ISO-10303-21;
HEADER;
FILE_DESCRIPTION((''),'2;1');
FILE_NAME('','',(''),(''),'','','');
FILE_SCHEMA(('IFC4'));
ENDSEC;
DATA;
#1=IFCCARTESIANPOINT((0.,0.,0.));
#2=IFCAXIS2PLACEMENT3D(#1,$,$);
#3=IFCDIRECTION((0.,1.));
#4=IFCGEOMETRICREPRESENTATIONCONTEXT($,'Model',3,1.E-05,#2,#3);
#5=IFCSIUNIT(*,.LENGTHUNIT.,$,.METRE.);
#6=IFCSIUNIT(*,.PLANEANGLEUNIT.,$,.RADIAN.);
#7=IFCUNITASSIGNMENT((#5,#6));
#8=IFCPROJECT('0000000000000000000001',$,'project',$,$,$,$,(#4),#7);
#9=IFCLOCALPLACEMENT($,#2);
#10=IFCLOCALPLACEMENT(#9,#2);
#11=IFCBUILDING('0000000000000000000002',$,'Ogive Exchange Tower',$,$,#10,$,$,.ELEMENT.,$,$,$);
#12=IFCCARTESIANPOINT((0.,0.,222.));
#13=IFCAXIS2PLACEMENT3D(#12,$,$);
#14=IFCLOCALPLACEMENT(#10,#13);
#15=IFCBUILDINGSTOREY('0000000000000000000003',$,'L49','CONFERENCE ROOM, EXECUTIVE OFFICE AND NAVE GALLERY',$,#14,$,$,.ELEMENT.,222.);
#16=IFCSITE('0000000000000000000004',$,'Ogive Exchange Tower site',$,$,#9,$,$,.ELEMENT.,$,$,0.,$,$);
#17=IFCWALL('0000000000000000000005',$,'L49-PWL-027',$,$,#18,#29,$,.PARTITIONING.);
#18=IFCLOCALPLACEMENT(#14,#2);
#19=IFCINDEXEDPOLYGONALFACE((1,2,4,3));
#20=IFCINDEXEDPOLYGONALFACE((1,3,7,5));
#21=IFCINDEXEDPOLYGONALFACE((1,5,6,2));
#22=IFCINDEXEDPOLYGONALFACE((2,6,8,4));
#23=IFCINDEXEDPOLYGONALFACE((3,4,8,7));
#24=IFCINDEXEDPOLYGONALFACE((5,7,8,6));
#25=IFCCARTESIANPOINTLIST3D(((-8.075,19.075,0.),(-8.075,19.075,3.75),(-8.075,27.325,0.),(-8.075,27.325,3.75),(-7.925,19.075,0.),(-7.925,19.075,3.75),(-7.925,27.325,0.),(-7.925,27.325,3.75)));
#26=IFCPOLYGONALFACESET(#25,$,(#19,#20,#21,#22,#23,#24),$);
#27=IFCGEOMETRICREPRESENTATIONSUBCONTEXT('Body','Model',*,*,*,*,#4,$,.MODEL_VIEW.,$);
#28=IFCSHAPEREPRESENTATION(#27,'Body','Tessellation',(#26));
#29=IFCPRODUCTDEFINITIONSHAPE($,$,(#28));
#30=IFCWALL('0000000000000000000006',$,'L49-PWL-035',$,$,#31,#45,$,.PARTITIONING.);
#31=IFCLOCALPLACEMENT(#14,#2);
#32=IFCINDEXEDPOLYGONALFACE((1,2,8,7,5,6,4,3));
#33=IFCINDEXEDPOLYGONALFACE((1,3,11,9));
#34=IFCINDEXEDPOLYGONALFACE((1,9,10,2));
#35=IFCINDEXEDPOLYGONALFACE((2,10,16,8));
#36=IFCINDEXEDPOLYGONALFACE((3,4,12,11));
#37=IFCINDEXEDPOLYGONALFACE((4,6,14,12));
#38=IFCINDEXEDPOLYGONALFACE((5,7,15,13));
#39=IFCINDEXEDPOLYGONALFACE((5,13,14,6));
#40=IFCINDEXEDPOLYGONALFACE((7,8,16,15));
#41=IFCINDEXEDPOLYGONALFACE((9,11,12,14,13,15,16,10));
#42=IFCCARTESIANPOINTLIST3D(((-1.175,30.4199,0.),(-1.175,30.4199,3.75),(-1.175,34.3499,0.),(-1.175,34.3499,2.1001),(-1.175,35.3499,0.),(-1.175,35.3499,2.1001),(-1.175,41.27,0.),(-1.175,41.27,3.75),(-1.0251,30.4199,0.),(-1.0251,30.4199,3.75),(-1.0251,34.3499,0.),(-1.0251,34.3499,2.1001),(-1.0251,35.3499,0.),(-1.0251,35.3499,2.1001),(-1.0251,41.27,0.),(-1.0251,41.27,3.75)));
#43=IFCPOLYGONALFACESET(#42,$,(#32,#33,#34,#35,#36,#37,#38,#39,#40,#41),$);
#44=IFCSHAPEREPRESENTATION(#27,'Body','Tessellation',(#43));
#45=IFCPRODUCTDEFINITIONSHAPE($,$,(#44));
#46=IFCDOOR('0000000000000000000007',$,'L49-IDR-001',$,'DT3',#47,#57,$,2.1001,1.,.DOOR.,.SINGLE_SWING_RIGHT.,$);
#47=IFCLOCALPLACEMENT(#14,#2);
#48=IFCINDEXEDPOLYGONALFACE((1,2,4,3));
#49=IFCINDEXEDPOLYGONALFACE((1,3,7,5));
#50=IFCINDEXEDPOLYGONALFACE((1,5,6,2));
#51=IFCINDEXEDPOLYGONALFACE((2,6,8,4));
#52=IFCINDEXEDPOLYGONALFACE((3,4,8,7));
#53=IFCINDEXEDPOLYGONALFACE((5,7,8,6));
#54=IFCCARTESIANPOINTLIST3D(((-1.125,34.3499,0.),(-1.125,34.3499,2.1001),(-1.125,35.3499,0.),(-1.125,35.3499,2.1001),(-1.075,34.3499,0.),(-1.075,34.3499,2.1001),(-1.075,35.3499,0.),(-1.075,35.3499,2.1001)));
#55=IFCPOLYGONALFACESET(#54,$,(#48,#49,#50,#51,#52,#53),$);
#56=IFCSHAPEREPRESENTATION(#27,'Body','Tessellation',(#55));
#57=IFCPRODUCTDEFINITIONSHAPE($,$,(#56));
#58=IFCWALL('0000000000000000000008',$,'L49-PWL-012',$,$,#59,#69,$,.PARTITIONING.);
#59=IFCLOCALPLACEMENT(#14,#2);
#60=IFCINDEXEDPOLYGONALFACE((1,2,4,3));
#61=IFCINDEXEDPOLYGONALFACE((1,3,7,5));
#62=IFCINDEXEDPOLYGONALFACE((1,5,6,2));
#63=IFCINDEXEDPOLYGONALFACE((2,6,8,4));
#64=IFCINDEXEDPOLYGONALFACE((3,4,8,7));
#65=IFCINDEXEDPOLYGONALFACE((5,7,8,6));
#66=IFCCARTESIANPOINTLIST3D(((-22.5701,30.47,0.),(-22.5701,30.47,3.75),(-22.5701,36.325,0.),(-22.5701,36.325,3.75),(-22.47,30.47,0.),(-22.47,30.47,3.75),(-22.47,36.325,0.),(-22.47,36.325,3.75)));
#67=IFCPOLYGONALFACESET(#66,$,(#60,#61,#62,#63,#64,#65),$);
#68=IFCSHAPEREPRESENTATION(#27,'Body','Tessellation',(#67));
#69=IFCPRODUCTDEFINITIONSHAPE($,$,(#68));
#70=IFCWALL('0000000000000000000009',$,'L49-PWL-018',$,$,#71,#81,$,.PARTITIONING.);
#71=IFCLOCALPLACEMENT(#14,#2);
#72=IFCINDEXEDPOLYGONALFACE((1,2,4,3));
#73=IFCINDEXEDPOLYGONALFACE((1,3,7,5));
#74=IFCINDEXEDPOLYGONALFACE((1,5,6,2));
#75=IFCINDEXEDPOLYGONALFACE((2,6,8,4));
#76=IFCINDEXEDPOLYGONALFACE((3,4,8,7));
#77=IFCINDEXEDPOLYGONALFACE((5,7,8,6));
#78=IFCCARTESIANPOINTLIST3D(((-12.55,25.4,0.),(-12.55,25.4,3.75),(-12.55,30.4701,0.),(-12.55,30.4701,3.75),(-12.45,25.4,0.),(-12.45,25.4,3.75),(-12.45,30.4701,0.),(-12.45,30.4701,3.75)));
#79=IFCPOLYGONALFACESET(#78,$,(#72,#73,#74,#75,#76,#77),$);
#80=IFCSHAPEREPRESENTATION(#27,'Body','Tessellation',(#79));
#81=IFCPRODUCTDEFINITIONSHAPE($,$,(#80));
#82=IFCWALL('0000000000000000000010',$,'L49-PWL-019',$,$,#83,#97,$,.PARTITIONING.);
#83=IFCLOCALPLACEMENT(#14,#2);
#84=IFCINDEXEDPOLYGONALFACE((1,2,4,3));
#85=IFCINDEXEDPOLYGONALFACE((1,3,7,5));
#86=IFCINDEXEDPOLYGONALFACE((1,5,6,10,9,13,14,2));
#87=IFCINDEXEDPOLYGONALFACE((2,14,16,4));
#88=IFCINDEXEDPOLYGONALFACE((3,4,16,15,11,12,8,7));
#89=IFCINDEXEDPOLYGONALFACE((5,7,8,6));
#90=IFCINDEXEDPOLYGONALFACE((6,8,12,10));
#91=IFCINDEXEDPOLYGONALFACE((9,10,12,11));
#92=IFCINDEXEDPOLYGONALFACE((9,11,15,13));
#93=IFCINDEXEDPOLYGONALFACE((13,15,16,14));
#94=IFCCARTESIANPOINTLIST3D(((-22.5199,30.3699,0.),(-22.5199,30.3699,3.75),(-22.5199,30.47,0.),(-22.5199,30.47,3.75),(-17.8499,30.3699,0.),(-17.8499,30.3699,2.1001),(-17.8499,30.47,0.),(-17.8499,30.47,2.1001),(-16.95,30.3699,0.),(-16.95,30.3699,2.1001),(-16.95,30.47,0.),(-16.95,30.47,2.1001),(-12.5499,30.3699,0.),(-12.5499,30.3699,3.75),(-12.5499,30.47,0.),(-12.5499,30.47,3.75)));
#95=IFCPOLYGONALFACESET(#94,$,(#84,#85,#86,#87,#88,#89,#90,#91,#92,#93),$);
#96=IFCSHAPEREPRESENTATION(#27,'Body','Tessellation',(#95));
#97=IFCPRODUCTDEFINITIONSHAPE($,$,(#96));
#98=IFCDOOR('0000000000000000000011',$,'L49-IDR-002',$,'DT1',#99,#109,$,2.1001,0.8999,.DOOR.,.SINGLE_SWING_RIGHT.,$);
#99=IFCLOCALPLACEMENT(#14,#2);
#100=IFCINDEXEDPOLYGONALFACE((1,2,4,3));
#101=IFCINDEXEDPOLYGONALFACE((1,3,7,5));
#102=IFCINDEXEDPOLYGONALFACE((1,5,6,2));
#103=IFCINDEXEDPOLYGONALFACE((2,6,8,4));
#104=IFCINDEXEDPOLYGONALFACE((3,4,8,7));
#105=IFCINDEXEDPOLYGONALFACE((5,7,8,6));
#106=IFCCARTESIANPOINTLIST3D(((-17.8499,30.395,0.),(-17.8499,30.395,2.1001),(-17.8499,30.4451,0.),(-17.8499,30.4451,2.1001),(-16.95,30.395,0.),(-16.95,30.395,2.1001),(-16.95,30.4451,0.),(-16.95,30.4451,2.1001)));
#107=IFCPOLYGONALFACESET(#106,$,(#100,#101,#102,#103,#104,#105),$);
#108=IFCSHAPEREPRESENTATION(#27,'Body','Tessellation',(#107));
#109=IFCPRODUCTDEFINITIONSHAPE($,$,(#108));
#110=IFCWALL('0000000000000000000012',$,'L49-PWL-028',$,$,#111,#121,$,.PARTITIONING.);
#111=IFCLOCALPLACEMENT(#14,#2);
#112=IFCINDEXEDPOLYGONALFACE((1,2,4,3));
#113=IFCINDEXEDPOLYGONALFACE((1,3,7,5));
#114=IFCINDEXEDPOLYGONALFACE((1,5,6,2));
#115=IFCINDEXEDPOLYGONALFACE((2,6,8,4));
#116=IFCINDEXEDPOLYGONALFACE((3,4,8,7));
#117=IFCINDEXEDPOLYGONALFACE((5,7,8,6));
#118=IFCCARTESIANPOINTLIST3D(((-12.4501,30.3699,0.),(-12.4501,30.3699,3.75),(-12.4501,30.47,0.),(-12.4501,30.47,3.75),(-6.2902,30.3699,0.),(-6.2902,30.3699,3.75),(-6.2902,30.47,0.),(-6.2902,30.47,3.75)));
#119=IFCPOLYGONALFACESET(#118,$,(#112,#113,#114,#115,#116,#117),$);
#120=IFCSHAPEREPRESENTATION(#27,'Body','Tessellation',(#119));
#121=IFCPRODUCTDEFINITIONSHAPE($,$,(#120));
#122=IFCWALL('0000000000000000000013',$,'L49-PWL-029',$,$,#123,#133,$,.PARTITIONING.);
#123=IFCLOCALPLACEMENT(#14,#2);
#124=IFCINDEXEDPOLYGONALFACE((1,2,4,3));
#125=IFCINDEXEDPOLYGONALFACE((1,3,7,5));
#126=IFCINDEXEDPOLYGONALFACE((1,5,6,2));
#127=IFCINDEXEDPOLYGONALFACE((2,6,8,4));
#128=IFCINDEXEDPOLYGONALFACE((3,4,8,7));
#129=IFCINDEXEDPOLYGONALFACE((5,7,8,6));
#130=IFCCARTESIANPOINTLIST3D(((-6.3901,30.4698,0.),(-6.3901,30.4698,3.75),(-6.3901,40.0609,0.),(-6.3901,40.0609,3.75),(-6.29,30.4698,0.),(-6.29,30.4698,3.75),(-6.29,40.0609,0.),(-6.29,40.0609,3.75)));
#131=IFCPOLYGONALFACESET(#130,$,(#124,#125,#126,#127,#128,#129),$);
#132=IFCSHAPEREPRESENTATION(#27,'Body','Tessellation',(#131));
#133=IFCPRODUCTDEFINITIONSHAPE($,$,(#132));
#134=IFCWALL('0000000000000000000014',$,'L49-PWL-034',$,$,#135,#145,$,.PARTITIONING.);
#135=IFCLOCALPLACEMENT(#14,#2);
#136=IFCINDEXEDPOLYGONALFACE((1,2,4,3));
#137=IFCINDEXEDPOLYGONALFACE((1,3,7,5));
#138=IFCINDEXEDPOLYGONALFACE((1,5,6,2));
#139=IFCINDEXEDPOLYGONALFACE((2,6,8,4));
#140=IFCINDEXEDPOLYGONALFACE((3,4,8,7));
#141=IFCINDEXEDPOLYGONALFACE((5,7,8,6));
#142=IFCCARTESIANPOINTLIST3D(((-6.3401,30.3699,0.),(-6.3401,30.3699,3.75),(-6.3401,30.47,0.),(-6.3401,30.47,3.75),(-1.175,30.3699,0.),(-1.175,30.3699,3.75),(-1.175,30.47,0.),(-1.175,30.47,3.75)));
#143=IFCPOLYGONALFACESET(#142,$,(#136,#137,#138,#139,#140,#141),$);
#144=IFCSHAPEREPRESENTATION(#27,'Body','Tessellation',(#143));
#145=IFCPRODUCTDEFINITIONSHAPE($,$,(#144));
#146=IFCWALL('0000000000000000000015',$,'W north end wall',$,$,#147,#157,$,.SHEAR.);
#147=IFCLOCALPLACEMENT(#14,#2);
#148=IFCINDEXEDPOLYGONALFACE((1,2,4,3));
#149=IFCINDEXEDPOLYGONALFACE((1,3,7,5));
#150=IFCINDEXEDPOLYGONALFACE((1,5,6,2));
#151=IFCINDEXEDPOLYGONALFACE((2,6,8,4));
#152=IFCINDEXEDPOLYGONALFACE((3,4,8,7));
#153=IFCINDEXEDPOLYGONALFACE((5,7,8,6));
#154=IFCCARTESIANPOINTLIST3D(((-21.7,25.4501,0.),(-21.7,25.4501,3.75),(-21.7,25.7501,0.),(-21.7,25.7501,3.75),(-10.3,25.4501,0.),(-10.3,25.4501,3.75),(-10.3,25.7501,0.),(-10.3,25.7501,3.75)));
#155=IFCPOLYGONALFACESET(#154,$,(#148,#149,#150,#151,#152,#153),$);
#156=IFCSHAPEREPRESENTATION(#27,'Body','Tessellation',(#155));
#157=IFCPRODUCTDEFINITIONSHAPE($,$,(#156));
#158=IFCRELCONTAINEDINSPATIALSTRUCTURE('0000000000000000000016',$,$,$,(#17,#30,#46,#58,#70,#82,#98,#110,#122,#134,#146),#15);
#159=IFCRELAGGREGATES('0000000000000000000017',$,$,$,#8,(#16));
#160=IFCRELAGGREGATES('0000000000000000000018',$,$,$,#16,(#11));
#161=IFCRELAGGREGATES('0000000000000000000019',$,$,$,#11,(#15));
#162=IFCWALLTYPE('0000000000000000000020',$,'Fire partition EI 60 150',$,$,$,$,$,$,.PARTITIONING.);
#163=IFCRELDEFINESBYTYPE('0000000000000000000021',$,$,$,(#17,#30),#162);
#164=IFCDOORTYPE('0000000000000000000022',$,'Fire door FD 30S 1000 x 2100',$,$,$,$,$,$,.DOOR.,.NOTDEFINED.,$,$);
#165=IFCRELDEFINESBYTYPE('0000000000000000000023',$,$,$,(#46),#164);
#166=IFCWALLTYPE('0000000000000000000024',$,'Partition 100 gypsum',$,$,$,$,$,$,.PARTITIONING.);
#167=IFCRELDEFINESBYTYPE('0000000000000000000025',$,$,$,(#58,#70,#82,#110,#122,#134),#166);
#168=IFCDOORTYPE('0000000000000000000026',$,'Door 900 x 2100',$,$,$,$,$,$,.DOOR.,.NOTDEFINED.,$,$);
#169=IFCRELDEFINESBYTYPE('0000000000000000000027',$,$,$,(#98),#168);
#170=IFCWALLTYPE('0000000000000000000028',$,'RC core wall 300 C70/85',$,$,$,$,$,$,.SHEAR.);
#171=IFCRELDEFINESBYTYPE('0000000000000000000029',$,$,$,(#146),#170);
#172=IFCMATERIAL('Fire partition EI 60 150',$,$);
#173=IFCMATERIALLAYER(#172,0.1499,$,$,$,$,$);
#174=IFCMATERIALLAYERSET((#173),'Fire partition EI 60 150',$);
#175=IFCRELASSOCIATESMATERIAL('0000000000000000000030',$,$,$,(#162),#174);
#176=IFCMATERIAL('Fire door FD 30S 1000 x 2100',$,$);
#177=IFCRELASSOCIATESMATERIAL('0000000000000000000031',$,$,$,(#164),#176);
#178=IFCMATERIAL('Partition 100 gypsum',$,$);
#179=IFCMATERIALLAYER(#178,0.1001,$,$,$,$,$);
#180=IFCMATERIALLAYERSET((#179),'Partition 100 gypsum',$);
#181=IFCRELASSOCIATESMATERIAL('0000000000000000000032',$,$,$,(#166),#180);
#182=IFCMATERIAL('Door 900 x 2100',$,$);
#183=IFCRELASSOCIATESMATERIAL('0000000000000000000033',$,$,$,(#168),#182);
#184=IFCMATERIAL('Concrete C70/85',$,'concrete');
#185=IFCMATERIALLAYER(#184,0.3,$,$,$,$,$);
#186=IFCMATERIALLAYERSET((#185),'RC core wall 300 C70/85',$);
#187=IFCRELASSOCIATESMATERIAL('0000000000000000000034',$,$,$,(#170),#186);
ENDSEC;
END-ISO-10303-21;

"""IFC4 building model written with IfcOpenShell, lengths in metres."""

from ifc_helpers import new_model, si_unit, direction, frame, frame_2d, origin, place, context, subcontext, project, spatial, rectangle, extrude, material, layer, layer_set, type_object, element, fill, save


model = new_model("IFC4")

# Units and contexts
model_context = context("Model", 3, precision=1e-05, world=origin(), true_north=direction((0.0, 1.0)))
body_context = subcontext(model_context, "Body", "Model", "MODEL_VIEW")
ifc_project = project(units=[si_unit("LENGTHUNIT", "METRE"), si_unit("PLANEANGLEUNIT", "RADIAN")], contexts=[model_context])

# Site, building, storey
site_placement = place(None, origin())
site = spatial("IfcSite", under=ifc_project, at=site_placement, Name="Ogive Exchange Tower site", CompositionType="ELEMENT", RefElevation=0.0)
building_placement = place(site_placement, origin())
building = spatial("IfcBuilding", under=site, at=building_placement, Name="Ogive Exchange Tower", CompositionType="ELEMENT")
storey_placement = place(building_placement, frame((0.0, 0.0, 222.0)))
storey = spatial("IfcBuildingStorey", under=building, at=storey_placement, Name="L49", Description="CONFERENCE ROOM, EXECUTIVE OFFICE AND NAVE GALLERY", CompositionType="ELEMENT", Elevation=222.0)

# Shared definitions
ifc_material_1 = material(Name="Fire partition EI 60 150")
ifc_layer_1 = layer(ifc_material_1, 0.1499)
ifc_layer_set_1 = layer_set([ifc_layer_1], Name="Fire partition EI 60 150")
wall_type_1 = type_object("IfcWallType", Name="Fire partition EI 60 150", PredefinedType="PARTITIONING", material=ifc_layer_set_1)
ifc_material_2 = material(Name="Fire door FD 30S 1000 x 2100")
door_type_1 = type_object("IfcDoorType", Name="Fire door FD 30S 1000 x 2100", OperationType="NOTDEFINED", PredefinedType="DOOR", material=ifc_material_2)

# Wall
wall_1_placement = place(storey_placement, frame((-8.0, 27.325, 0.0), z_axis=(0.0, 0.0, 1.0), x_axis=(0.0, -1.0, 0.0)))
element("IfcWall", 1, at=wall_1_placement, inside=storey, type_object=wall_type_1, Name="L49-PWL-027", PredefinedType="PARTITIONING", context=body_context, shape_type="SweptSolid", body=[
    extrude(rectangle(XDim=8.25, YDim=0.1499, at=frame_2d((4.125, 0.0))), origin(), (0.0, 0.0, 1.0), 3.75),
])

# Wall, opening, door
wall_2_placement = place(storey_placement, frame((-1.1001, 30.4199, 0.0), z_axis=(0.0, 0.0, 1.0), x_axis=(0.0, 1.0, 0.0)))
wall_2 = element("IfcWall", 2, at=wall_2_placement, inside=storey, type_object=wall_type_1, Name="L49-PWL-035", PredefinedType="PARTITIONING", context=body_context, shape_type="SweptSolid", body=[
    extrude(rectangle(XDim=10.8501, YDim=0.1499, at=frame_2d((5.425, 0.0))), origin(), (0.0, 0.0, 1.0), 3.75),
])
opening_1_placement = place(wall_2_placement, frame((3.9299, 0.0, 0.0)))
opening_1 = element("IfcOpeningElement", 3, at=opening_1_placement, cuts=wall_2, PredefinedType="OPENING", context=body_context, shape_type="SweptSolid", body=[
    extrude(rectangle(XDim=1.0, YDim=2.1001, at=frame_2d((0.5, 1.05))), frame((0.0, 0.085, 0.0), z_axis=(0.0, -1.0, 0.0), x_axis=(1.0, 0.0, 0.0)), (0.0, 0.0, 1.0), 0.1699),
])
door_1_placement = place(opening_1_placement, origin())
door_1 = element("IfcDoor", 4, at=door_1_placement, inside=storey, type_object=door_type_1, Name="L49-IDR-001", ObjectType="DT3", OperationType="SINGLE_SWING_RIGHT", OverallHeight=2.1001, OverallWidth=1.0, PredefinedType="DOOR", context=body_context, shape_type="SweptSolid", body=[
    extrude(rectangle(XDim=1.0, YDim=2.1001, at=frame_2d((0.5, 1.05))), frame((0.0, 0.0249, 0.0), z_axis=(0.0, -1.0, 0.0), x_axis=(1.0, 0.0, 0.0)), (0.0, 0.0, 1.0), 0.05),
])
fill(opening_1, door_1)

# Walls
ifc_material_3 = material(Name="Partition 100 gypsum")
ifc_layer_2 = layer(ifc_material_3, 0.1001)
ifc_layer_set_2 = layer_set([ifc_layer_2], Name="Partition 100 gypsum")
wall_type_2 = type_object("IfcWallType", Name="Partition 100 gypsum", PredefinedType="PARTITIONING", material=ifc_layer_set_2)
wall_3_placement = place(storey_placement, frame((-22.52, 30.47, 0.0), z_axis=(0.0, 0.0, 1.0), x_axis=(0.0, 1.0, 0.0)))
element("IfcWall", 5, at=wall_3_placement, inside=storey, type_object=wall_type_2, Name="L49-PWL-012", PredefinedType="PARTITIONING", context=body_context, shape_type="SweptSolid", body=[
    extrude(rectangle(XDim=5.855, YDim=0.1001, at=frame_2d((2.9275, 0.0))), origin(), (0.0, 0.0, 1.0), 3.75),
])
wall_4_placement = place(storey_placement, frame((-12.5, 25.3999, 0.0), z_axis=(0.0, 0.0, 1.0), x_axis=(0.0, 1.0, 0.0)))
element("IfcWall", 6, at=wall_4_placement, inside=storey, type_object=wall_type_2, Name="L49-PWL-018", PredefinedType="PARTITIONING", context=body_context, shape_type="SweptSolid", body=[
    extrude(rectangle(XDim=5.0701, YDim=0.1001, at=frame_2d((2.5352, 0.0))), origin(), (0.0, 0.0, 1.0), 3.75),
])

# Wall, opening, door
wall_5_placement = place(storey_placement, frame((-12.55, 30.4199, 0.0), z_axis=(0.0, 0.0, 1.0), x_axis=(-1.0, 0.0, 0.0)))
wall_5 = element("IfcWall", 7, at=wall_5_placement, inside=storey, type_object=wall_type_2, Name="L49-PWL-019", PredefinedType="PARTITIONING", context=body_context, shape_type="SweptSolid", body=[
    extrude(rectangle(XDim=9.97, YDim=0.1001, at=frame_2d((4.9849, 0.0))), origin(), (0.0, 0.0, 1.0), 3.75),
])
opening_2_placement = place(wall_5_placement, frame((4.3999, 0.0, 0.0)))
opening_2 = element("IfcOpeningElement", 8, at=opening_2_placement, cuts=wall_5, PredefinedType="OPENING", context=body_context, shape_type="SweptSolid", body=[
    extrude(rectangle(XDim=0.8999, YDim=2.1001, at=frame_2d((0.45, 1.05))), frame((0.0, 0.0601, 0.0), z_axis=(0.0, -1.0, 0.0), x_axis=(1.0, 0.0, 0.0)), (0.0, 0.0, 1.0), 0.1201),
])
ifc_material_4 = material(Name="Door 900 x 2100")
door_type_2 = type_object("IfcDoorType", Name="Door 900 x 2100", OperationType="NOTDEFINED", PredefinedType="DOOR", material=ifc_material_4)
door_2_placement = place(opening_2_placement, origin())
door_2 = element("IfcDoor", 9, at=door_2_placement, inside=storey, type_object=door_type_2, Name="L49-IDR-002", ObjectType="DT1", OperationType="SINGLE_SWING_RIGHT", OverallHeight=2.1001, OverallWidth=0.8999, PredefinedType="DOOR", context=body_context, shape_type="SweptSolid", body=[
    extrude(rectangle(XDim=0.8999, YDim=2.1001, at=frame_2d((0.45, 1.05))), frame((0.0, 0.0249, 0.0), z_axis=(0.0, -1.0, 0.0), x_axis=(1.0, 0.0, 0.0)), (0.0, 0.0, 1.0), 0.05),
])
fill(opening_2, door_2)

# Walls
wall_6_placement = place(storey_placement, frame((-6.29, 30.4199, 0.0), z_axis=(0.0, 0.0, 1.0), x_axis=(-1.0, 0.0, 0.0)))
element("IfcWall", 10, at=wall_6_placement, inside=storey, type_object=wall_type_2, Name="L49-PWL-028", PredefinedType="PARTITIONING", context=body_context, shape_type="SweptSolid", body=[
    extrude(rectangle(XDim=6.1599, YDim=0.1001, at=frame_2d((3.0801, 0.0))), origin(), (0.0, 0.0, 1.0), 3.75),
])
wall_7_placement = place(storey_placement, frame((-6.3401, 30.47, 0.0), z_axis=(0.0, 0.0, 1.0), x_axis=(0.0, 1.0, 0.0)))
element("IfcWall", 11, at=wall_7_placement, inside=storey, type_object=wall_type_2, Name="L49-PWL-029", PredefinedType="PARTITIONING", context=body_context, shape_type="SweptSolid", body=[
    extrude(rectangle(XDim=9.5911, YDim=0.1001, at=frame_2d((4.7954, 0.0))), origin(), (0.0, 0.0, 1.0), 3.75),
])
wall_8_placement = place(storey_placement, frame((-1.175, 30.4199, 0.0), z_axis=(0.0, 0.0, 1.0), x_axis=(-1.0, 0.0, 0.0)))
element("IfcWall", 12, at=wall_8_placement, inside=storey, type_object=wall_type_2, Name="L49-PWL-034", PredefinedType="PARTITIONING", context=body_context, shape_type="SweptSolid", body=[
    extrude(rectangle(XDim=5.165, YDim=0.1001, at=frame_2d((2.5825, 0.0))), origin(), (0.0, 0.0, 1.0), 3.75),
])
ifc_material_5 = material(Name="Concrete C70/85", Category="concrete")
ifc_layer_3 = layer(ifc_material_5, 0.3)
ifc_layer_set_3 = layer_set([ifc_layer_3], Name="RC core wall 300 C70/85")
wall_type_3 = type_object("IfcWallType", Name="RC core wall 300 C70/85", PredefinedType="SHEAR", material=ifc_layer_set_3)
wall_9_placement = place(storey_placement, frame((-21.7, 25.6001, 0.0), z_axis=(0.0, 0.0, 1.0), x_axis=(1.0, 0.0, 0.0)))
element("IfcWall", 13, at=wall_9_placement, inside=storey, type_object=wall_type_3, Name="W north end wall", PredefinedType="SHEAR", context=body_context, shape_type="SweptSolid", body=[
    extrude(rectangle(XDim=11.3999, YDim=0.3, at=frame_2d((5.7, 0.0))), origin(), (0.0, 0.0, 1.0), 3.75),
])

save(model, "model.ifc")
